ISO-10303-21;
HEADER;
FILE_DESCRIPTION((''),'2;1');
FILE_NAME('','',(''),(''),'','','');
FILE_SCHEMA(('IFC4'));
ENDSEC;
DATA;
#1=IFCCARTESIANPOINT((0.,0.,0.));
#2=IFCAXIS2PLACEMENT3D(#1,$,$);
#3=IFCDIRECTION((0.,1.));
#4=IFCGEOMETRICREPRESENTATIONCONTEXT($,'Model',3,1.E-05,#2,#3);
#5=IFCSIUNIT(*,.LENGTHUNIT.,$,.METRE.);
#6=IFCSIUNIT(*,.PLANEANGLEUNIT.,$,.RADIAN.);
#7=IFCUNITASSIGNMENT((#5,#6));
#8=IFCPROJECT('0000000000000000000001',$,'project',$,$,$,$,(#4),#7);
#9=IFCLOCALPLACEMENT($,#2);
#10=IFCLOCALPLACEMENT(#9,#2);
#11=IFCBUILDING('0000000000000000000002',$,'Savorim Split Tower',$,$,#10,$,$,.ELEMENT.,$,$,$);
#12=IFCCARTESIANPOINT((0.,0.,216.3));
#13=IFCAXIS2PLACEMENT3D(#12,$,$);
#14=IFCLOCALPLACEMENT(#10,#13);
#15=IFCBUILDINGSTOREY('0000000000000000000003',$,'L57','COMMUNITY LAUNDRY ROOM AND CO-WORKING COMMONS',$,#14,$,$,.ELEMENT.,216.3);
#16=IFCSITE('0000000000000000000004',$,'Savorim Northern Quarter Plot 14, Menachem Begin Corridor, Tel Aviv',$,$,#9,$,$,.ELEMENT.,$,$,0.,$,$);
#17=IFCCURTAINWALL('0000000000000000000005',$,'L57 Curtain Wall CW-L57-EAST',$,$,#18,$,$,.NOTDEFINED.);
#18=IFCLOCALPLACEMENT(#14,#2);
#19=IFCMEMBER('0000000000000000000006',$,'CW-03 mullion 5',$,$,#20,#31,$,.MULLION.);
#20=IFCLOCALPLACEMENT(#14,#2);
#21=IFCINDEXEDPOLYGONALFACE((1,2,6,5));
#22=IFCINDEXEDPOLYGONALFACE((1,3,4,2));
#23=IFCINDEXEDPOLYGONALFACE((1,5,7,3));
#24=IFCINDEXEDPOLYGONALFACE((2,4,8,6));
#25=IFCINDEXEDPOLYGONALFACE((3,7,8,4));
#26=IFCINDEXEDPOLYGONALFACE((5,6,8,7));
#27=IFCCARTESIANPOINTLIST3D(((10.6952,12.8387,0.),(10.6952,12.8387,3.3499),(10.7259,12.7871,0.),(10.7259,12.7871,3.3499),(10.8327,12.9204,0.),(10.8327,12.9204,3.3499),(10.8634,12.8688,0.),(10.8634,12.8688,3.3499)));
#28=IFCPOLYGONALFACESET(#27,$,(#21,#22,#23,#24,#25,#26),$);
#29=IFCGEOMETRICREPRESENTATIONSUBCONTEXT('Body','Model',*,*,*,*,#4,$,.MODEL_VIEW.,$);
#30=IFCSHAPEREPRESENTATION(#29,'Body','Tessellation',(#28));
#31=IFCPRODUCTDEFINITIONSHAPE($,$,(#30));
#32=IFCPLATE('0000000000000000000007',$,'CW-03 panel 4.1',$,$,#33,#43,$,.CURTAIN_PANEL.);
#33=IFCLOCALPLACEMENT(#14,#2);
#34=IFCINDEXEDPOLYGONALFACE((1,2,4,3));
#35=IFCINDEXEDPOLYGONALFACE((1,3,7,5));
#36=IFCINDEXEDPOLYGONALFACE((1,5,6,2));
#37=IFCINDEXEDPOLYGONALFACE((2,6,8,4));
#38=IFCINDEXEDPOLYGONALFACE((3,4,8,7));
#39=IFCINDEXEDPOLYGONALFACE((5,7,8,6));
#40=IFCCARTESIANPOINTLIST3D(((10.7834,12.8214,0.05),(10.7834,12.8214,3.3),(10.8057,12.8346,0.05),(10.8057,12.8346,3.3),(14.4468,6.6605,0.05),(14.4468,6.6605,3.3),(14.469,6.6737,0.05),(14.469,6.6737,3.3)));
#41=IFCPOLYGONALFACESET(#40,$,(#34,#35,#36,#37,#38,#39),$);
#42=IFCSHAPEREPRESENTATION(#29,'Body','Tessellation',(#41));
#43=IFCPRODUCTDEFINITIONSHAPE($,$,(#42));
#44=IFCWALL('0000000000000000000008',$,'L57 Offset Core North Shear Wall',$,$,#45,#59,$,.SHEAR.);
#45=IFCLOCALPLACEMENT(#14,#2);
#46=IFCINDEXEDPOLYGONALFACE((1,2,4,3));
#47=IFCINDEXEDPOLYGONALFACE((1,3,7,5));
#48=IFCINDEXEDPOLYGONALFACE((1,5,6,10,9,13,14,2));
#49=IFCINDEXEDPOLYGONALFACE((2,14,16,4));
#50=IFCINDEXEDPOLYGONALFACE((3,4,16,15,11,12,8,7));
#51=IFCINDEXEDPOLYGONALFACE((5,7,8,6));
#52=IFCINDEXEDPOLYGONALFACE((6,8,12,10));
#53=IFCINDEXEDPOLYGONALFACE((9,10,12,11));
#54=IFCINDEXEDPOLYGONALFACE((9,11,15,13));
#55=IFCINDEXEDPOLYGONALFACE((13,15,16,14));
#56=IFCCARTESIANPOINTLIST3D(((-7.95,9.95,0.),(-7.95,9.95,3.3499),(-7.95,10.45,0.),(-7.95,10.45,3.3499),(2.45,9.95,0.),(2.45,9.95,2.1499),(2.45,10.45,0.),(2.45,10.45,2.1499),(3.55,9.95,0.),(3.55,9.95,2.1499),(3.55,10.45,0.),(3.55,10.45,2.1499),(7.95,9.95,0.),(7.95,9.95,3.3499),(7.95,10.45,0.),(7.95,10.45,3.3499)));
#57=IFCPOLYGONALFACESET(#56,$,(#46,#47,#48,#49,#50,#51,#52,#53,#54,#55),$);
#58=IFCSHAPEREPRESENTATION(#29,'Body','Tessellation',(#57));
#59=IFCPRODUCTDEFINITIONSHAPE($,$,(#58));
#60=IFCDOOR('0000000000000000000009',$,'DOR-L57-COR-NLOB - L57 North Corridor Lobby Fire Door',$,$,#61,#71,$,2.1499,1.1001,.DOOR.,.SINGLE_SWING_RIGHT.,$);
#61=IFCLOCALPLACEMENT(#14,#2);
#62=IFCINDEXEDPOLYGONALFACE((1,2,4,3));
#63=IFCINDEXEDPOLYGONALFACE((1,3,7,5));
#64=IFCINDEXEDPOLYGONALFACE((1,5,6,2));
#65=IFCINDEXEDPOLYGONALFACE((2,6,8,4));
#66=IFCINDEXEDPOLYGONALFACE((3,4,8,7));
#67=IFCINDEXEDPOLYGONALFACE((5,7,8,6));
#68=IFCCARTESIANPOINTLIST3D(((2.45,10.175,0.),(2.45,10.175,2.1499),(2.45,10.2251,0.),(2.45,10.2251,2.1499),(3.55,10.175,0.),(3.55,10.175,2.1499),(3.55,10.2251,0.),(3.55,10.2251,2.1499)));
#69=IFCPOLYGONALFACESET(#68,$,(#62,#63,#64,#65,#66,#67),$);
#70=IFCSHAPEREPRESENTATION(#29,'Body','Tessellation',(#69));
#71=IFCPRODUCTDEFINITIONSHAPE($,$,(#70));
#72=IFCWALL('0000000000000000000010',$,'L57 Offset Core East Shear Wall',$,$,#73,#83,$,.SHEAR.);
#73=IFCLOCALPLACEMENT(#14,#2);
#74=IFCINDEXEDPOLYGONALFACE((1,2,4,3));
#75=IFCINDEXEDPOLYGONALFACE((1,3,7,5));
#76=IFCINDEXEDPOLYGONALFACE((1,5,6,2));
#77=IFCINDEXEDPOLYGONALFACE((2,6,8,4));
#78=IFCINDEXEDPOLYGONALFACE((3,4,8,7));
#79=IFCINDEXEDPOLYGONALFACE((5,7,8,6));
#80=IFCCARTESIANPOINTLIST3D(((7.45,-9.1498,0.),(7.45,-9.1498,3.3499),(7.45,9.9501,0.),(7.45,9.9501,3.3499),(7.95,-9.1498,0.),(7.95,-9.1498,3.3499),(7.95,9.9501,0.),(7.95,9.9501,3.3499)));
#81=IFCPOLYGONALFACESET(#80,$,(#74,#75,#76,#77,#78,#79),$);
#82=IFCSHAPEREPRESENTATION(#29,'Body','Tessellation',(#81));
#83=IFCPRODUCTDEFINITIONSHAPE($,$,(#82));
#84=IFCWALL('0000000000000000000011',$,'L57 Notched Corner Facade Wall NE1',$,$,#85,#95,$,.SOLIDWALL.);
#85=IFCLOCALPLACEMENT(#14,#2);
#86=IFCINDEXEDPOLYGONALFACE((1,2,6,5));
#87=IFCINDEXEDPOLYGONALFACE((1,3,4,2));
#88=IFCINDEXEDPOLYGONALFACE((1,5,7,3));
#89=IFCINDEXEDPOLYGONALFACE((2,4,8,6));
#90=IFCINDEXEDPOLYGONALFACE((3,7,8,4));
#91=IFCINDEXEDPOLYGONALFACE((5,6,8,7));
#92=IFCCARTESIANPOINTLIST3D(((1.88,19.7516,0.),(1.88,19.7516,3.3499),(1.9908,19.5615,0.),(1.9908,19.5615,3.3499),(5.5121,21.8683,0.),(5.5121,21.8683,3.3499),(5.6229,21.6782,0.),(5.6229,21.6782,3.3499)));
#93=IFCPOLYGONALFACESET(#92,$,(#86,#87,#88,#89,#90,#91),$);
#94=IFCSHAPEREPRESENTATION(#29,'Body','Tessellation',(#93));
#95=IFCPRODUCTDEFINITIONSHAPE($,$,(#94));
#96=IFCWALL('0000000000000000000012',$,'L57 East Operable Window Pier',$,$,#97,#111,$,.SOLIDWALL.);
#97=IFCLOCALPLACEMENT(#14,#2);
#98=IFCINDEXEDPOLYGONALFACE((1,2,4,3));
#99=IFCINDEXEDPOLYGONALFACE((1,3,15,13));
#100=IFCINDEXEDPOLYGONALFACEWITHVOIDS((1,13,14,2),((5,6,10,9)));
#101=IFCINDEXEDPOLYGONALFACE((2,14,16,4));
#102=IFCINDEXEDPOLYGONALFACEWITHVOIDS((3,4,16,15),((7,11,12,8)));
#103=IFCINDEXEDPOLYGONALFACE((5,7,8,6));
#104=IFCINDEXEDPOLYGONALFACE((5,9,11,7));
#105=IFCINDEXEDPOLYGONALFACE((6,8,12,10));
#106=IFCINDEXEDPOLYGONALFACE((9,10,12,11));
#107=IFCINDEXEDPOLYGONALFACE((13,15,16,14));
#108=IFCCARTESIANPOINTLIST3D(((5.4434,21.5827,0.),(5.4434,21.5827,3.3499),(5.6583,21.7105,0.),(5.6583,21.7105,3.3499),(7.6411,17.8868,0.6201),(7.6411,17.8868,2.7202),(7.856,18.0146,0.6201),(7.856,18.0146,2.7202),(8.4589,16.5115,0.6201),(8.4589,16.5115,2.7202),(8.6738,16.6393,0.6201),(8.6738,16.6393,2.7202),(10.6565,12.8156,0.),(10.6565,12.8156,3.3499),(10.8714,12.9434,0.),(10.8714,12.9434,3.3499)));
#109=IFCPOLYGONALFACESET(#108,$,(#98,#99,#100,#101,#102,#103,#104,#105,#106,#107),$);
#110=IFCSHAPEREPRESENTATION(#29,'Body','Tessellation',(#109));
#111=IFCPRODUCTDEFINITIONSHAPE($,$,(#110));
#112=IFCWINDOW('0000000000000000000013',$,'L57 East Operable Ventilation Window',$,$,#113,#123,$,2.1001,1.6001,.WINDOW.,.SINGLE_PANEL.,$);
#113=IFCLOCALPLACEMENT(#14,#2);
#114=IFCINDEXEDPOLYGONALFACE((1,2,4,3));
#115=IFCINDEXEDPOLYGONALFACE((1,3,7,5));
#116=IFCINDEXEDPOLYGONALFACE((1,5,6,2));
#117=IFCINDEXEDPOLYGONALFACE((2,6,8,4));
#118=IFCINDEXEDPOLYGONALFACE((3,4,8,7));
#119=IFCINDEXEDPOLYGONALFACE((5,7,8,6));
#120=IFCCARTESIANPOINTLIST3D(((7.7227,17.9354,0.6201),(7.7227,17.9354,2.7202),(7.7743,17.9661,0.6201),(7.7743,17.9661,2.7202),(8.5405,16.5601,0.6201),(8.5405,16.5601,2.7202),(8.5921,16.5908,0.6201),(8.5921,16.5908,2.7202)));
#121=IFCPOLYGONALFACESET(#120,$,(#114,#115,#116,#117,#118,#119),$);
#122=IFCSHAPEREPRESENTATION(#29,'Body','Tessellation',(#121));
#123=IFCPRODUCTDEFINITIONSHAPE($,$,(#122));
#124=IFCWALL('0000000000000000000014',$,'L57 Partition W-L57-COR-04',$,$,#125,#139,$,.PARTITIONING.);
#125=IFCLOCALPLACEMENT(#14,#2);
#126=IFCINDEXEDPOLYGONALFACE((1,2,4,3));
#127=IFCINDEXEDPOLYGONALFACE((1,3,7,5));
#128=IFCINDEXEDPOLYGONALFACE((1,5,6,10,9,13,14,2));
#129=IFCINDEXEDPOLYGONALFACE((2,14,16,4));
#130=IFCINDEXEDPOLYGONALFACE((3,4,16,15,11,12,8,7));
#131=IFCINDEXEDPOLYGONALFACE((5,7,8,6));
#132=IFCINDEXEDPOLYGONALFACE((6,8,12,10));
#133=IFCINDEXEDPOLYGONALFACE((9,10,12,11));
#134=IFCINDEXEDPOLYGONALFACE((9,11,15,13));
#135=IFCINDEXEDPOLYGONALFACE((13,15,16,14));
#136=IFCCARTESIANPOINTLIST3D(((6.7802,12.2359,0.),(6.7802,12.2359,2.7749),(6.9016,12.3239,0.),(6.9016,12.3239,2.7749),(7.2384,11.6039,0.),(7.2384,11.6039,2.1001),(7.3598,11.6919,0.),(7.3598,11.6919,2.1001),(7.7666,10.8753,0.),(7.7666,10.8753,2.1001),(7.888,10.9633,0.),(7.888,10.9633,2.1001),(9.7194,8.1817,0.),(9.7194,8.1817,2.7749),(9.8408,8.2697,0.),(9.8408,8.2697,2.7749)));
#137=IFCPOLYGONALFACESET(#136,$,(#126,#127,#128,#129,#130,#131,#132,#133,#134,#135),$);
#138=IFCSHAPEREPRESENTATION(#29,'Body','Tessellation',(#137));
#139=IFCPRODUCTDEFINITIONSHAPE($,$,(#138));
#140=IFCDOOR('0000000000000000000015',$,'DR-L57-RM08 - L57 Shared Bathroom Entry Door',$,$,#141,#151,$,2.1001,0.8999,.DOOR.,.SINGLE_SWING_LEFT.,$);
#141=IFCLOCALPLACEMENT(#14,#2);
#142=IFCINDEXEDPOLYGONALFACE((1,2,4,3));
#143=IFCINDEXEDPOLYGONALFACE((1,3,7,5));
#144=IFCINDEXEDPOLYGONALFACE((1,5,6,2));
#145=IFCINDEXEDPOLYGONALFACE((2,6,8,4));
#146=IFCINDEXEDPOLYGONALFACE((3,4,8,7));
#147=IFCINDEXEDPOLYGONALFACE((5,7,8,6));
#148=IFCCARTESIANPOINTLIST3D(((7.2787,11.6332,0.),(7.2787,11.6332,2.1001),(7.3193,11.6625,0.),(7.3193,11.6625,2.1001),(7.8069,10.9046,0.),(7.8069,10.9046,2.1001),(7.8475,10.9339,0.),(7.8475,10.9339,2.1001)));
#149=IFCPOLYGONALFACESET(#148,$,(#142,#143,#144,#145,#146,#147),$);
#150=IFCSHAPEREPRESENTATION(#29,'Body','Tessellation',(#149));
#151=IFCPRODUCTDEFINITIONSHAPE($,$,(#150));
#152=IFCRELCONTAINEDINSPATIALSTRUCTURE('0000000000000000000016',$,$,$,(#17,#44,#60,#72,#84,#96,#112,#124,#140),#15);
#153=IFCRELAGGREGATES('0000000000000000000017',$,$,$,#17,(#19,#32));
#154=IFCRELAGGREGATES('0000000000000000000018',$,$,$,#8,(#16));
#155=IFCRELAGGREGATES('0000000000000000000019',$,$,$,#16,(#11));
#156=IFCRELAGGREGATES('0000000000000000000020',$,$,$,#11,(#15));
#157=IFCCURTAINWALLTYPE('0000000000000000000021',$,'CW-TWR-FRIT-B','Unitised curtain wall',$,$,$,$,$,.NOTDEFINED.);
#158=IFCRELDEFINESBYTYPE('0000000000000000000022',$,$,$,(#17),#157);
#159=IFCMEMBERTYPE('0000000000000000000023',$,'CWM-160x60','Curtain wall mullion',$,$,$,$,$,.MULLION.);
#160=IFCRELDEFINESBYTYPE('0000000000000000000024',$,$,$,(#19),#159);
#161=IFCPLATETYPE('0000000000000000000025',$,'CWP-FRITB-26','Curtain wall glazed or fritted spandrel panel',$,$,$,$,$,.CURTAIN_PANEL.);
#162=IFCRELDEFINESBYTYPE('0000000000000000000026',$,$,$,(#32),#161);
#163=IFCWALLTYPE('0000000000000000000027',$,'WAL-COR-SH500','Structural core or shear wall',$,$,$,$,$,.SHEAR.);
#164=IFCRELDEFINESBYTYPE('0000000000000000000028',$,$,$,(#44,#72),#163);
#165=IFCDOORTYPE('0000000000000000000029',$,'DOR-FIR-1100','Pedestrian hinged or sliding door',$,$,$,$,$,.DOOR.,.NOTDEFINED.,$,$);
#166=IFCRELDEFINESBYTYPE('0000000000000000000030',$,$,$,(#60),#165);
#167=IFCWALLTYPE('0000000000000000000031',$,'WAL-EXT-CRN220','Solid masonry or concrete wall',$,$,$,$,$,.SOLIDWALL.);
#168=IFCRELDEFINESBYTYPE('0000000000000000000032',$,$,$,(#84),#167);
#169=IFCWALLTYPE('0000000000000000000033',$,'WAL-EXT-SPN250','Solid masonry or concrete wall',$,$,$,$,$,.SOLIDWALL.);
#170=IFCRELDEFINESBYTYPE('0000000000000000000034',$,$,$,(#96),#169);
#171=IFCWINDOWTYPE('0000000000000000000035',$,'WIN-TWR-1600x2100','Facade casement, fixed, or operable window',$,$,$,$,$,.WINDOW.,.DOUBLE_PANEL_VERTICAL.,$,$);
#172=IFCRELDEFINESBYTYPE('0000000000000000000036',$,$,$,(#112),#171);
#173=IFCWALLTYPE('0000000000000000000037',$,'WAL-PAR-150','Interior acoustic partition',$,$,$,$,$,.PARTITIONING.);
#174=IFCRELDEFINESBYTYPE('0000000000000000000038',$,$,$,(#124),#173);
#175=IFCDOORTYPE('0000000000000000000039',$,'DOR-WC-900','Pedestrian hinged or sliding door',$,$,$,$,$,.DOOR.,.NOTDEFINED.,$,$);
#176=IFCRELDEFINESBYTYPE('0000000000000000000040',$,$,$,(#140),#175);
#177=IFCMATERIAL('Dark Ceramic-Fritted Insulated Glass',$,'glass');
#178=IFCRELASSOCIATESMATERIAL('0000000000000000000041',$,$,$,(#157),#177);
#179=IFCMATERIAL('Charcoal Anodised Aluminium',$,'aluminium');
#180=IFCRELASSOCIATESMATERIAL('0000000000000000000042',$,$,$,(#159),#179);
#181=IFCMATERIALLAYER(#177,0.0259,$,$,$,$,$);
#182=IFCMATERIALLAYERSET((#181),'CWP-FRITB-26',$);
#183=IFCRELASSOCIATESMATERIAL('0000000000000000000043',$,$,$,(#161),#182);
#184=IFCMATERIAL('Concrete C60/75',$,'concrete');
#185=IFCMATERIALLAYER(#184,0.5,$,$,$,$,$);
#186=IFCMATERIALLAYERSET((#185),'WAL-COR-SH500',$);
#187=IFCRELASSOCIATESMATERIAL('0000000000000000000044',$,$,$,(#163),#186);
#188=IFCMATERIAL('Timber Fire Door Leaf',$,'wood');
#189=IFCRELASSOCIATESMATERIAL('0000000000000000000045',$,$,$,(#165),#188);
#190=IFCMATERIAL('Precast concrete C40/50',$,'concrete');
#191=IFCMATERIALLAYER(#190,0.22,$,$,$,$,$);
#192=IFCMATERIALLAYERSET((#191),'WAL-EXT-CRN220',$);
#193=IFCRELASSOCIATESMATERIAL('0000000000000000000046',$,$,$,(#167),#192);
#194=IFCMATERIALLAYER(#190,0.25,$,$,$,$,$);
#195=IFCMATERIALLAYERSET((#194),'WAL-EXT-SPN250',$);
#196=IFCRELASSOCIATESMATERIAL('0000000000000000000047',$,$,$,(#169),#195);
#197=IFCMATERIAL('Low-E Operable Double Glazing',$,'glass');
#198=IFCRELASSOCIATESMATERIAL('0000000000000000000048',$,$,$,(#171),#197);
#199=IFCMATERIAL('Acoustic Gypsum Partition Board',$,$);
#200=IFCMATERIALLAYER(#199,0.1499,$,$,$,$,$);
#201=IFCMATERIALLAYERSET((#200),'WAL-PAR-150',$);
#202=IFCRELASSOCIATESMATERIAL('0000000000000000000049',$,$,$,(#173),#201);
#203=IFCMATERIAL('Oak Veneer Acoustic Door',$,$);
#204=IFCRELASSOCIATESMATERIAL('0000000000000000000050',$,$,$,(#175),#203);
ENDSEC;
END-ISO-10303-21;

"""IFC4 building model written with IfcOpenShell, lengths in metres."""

from ifc_helpers import new_model, si_unit, direction, frame, frame_2d, origin, origin_2d, place, context, subcontext, project, spatial, rectangle, extrude, material, layer, layer_set, material_profile, profile_set, type_object, element, fill, aggregate, save


model = new_model("IFC4")

# Units and contexts
model_context = context("Model", 3, precision=1e-05, world=origin(), true_north=direction((0.0, 1.0)))
body_context = subcontext(model_context, "Body", "Model", "MODEL_VIEW")
ifc_project = project(units=[si_unit("LENGTHUNIT", "METRE"), si_unit("PLANEANGLEUNIT", "RADIAN")], contexts=[model_context])

# Site, building, storey
site_placement = place(None, origin())
site = spatial("IfcSite", under=ifc_project, at=site_placement, Name="Savorim Northern Quarter Plot 14, Menachem Begin Corridor, Tel Aviv", CompositionType="ELEMENT", RefElevation=0.0)
building_placement = place(site_placement, origin())
building = spatial("IfcBuilding", under=site, at=building_placement, Name="Savorim Split Tower", CompositionType="ELEMENT")
storey_placement = place(building_placement, frame((0.0, 0.0, 216.3)))
storey = spatial("IfcBuildingStorey", under=building, at=storey_placement, Name="L57", Description="COMMUNITY LAUNDRY ROOM AND CO-WORKING COMMONS", CompositionType="ELEMENT", Elevation=216.3)

# Curtain wall, member, plate
ifc_material_1 = material(Name="Dark Ceramic-Fritted Insulated Glass", Category="glass")
curtain_wall_type = type_object("IfcCurtainWallType", Name="CW-TWR-FRIT-B", Description="Unitised curtain wall", PredefinedType="NOTDEFINED", material=ifc_material_1)
curtain_wall_placement = place(storey_placement, origin())
curtain_wall = element("IfcCurtainWall", 1, at=curtain_wall_placement, inside=storey, type_object=curtain_wall_type, Name="L57 Curtain Wall CW-L57-EAST", PredefinedType="NOTDEFINED")
ifc_material_2 = material(Name="Charcoal Anodised Aluminium", Category="aluminium")
ifc_material_profile_1 = material_profile(ifc_material_2, rectangle(XDim=0.1599, YDim=0.0601, at=origin_2d()), Name="ALU-M 160x60")
ifc_profile_set_1 = profile_set([ifc_material_profile_1], Name="Charcoal Anodised Aluminium")
member_type = type_object("IfcMemberType", Name="CWM-160x60", Description="Curtain wall mullion", PredefinedType="MULLION", material=ifc_profile_set_1)
member_placement = place(storey_placement, frame((10.7793, 12.8538, 0.0), z_axis=(0.0, 0.0, 1.0), x_axis=(-0.859526, -0.511092, 0.0)))
member = element("IfcMember", 2, at=member_placement, type_object=member_type, Name="CW-03 mullion 5", PredefinedType="MULLION", context=body_context, shape_type="SweptSolid", body=[
    extrude(rectangle(XDim=0.1599, YDim=0.0601, at=origin_2d()), origin(), (0.0, 0.0, 1.0), 3.3499),
])
ifc_layer_1 = layer(ifc_material_1, 0.0259)
ifc_layer_set_1 = layer_set([ifc_layer_1], Name="CWP-FRITB-26")
plate_type = type_object("IfcPlateType", Name="CWP-FRITB-26", Description="Curtain wall glazed or fritted spandrel panel", PredefinedType="CURTAIN_PANEL", material=ifc_layer_set_1)
plate_placement = place(storey_placement, frame((12.6262, 9.7476, 0.05), z_axis=(0.0, 0.0, 1.0), x_axis=(-0.511092, 0.859526, 0.0)))
plate = element("IfcPlate", 3, at=plate_placement, type_object=plate_type, Name="CW-03 panel 4.1", PredefinedType="CURTAIN_PANEL", context=body_context, shape_type="SweptSolid", body=[
    extrude(rectangle(XDim=7.1677, YDim=0.0259, at=origin_2d()), origin(), (0.0, 0.0, 1.0), 3.25),
])
aggregate(curtain_wall, [member, plate])

# Wall, opening, door
ifc_material_3 = material(Name="Concrete C60/75", Category="concrete")
ifc_layer_2 = layer(ifc_material_3, 0.5)
ifc_layer_set_2 = layer_set([ifc_layer_2], Name="WAL-COR-SH500")
wall_type_1 = type_object("IfcWallType", Name="WAL-COR-SH500", Description="Structural core or shear wall", PredefinedType="SHEAR", material=ifc_layer_set_2)
wall_1_placement = place(storey_placement, frame((7.95, 10.2, 0.0), z_axis=(0.0, 0.0, 1.0), x_axis=(-1.0, 0.0, 0.0)))
wall_1 = element("IfcWall", 4, at=wall_1_placement, inside=storey, type_object=wall_type_1, Name="L57 Offset Core North Shear Wall", PredefinedType="SHEAR", context=body_context, shape_type="SweptSolid", body=[
    extrude(rectangle(XDim=15.8999, YDim=0.5, at=frame_2d((7.95, 0.0))), origin(), (0.0, 0.0, 1.0), 3.3499),
])
opening_1_placement = place(wall_1_placement, frame((4.3999, 0.0, 0.0)))
opening_1 = element("IfcOpeningElement", 5, at=opening_1_placement, cuts=wall_1, PredefinedType="OPENING", context=body_context, shape_type="SweptSolid", body=[
    extrude(rectangle(XDim=1.1001, YDim=2.1499, at=frame_2d((0.55, 1.075))), frame((0.0, 0.26, 0.0), z_axis=(0.0, -1.0, 0.0), x_axis=(1.0, 0.0, 0.0)), (0.0, 0.0, 1.0), 0.52),
])
ifc_material_4 = material(Name="Timber Fire Door Leaf", Category="wood")
door_type_1 = type_object("IfcDoorType", Name="DOR-FIR-1100", Description="Pedestrian hinged or sliding door", OperationType="NOTDEFINED", PredefinedType="DOOR", material=ifc_material_4)
door_1_placement = place(opening_1_placement, origin())
door_1 = element("IfcDoor", 6, at=door_1_placement, inside=storey, type_object=door_type_1, Name="DOR-L57-COR-NLOB - L57 North Corridor Lobby Fire Door", OperationType="SINGLE_SWING_RIGHT", OverallHeight=2.1499, OverallWidth=1.1001, PredefinedType="DOOR", context=body_context, shape_type="SweptSolid", body=[
    extrude(rectangle(XDim=1.1001, YDim=2.1499, at=frame_2d((0.55, 1.075))), frame((0.0, 0.0249, 0.0), z_axis=(0.0, -1.0, 0.0), x_axis=(1.0, 0.0, 0.0)), (0.0, 0.0, 1.0), 0.05),
])
fill(opening_1, door_1)

# Walls
wall_2_placement = place(storey_placement, frame((7.7, 9.95, 0.0), z_axis=(0.0, 0.0, 1.0), x_axis=(0.0, -1.0, 0.0)))
element("IfcWall", 7, at=wall_2_placement, inside=storey, type_object=wall_type_1, Name="L57 Offset Core East Shear Wall", PredefinedType="SHEAR", context=body_context, shape_type="SweptSolid", body=[
    extrude(rectangle(XDim=19.0999, YDim=0.5, at=frame_2d((9.5498, 0.0))), origin(), (0.0, 0.0, 1.0), 3.3499),
])
ifc_material_5 = material(Name="Precast concrete C40/50", Category="concrete")
ifc_layer_3 = layer(ifc_material_5, 0.22)
ifc_layer_set_3 = layer_set([ifc_layer_3], Name="WAL-EXT-CRN220")
wall_type_2 = type_object("IfcWallType", Name="WAL-EXT-CRN220", Description="Solid masonry or concrete wall", PredefinedType="SOLIDWALL", material=ifc_layer_set_3)
wall_3_placement = place(storey_placement, frame((1.9353, 19.6565, 0.0), z_axis=(0.0, 0.0, 1.0), x_axis=(0.863987, 0.503514, 0.0)))
element("IfcWall", 8, at=wall_3_placement, inside=storey, type_object=wall_type_2, Name="L57 Notched Corner Facade Wall NE1", PredefinedType="SOLIDWALL", context=body_context, shape_type="SweptSolid", body=[
    extrude(rectangle(XDim=4.2039, YDim=0.22, at=frame_2d((2.1021, 0.0))), origin(), (0.0, 0.0, 1.0), 3.3499),
])

# Wall, opening, window
ifc_layer_4 = layer(ifc_material_5, 0.25)
ifc_layer_set_4 = layer_set([ifc_layer_4], Name="WAL-EXT-SPN250")
wall_type_3 = type_object("IfcWallType", Name="WAL-EXT-SPN250", Description="Solid masonry or concrete wall", PredefinedType="SOLIDWALL", material=ifc_layer_set_4)
wall_4_placement = place(storey_placement, frame((5.5508, 21.6467, 0.0), z_axis=(0.0, 0.0, 1.0), x_axis=(0.511095, -0.859524, 0.0)))
wall_4 = element("IfcWall", 9, at=wall_4_placement, inside=storey, type_object=wall_type_3, Name="L57 East Operable Window Pier", PredefinedType="SOLIDWALL", context=body_context, shape_type="SweptSolid", body=[
    extrude(rectangle(XDim=10.2, YDim=0.25, at=frame_2d((5.1001, 0.0))), origin(), (0.0, 0.0, 1.0), 3.3499),
])
opening_2_placement = place(wall_4_placement, frame((4.3, 0.0, 0.6201)))
opening_2 = element("IfcOpeningElement", 10, at=opening_2_placement, cuts=wall_4, PredefinedType="OPENING", context=body_context, shape_type="SweptSolid", body=[
    extrude(rectangle(XDim=1.6001, YDim=2.1001, at=frame_2d((0.8, 1.05))), frame((0.0, 0.135, 0.0), z_axis=(0.0, -1.0, 0.0), x_axis=(1.0, 0.0, 0.0)), (0.0, 0.0, 1.0), 0.27),
])
ifc_material_6 = material(Name="Low-E Operable Double Glazing", Category="glass")
window_type = type_object("IfcWindowType", Name="WIN-TWR-1600x2100", Description="Facade casement, fixed, or operable window", PartitioningType="DOUBLE_PANEL_VERTICAL", PredefinedType="WINDOW", material=ifc_material_6)
window_placement = place(opening_2_placement, origin())
window = element("IfcWindow", 11, at=window_placement, inside=storey, type_object=window_type, Name="L57 East Operable Ventilation Window", OverallHeight=2.1001, OverallWidth=1.6001, PartitioningType="SINGLE_PANEL", PredefinedType="WINDOW", context=body_context, shape_type="SweptSolid", body=[
    extrude(rectangle(XDim=1.6001, YDim=2.1001, at=frame_2d((0.8, 1.05))), frame((0.0, 0.03, 0.0), z_axis=(0.0, -1.0, 0.0), x_axis=(1.0, 0.0, 0.0)), (0.0, 0.0, 1.0), 0.0601),
])
fill(opening_2, window)

# Wall, opening, door
ifc_material_7 = material(Name="Acoustic Gypsum Partition Board")
ifc_layer_5 = layer(ifc_material_7, 0.1499)
ifc_layer_set_5 = layer_set([ifc_layer_5], Name="WAL-PAR-150")
wall_type_4 = type_object("IfcWallType", Name="WAL-PAR-150", Description="Interior acoustic partition", PredefinedType="PARTITIONING", material=ifc_layer_set_5)
wall_5_placement = place(storey_placement, frame((6.8408, 12.28, 0.0), z_axis=(0.0, 0.0, 1.0), x_axis=(0.586956, -0.809619, 0.0)))
wall_5 = element("IfcWall", 12, at=wall_5_placement, inside=storey, type_object=wall_type_4, Name="L57 Partition W-L57-COR-04", PredefinedType="PARTITIONING", context=body_context, shape_type="SweptSolid", body=[
    extrude(rectangle(XDim=5.0076, YDim=0.1499, at=frame_2d((2.5039, 0.0))), origin(), (0.0, 0.0, 1.0), 2.7749),
])
opening_3_placement = place(wall_5_placement, frame((0.7808, 0.0, 0.0)))
opening_3 = element("IfcOpeningElement", 13, at=opening_3_placement, cuts=wall_5, PredefinedType="OPENING", context=body_context, shape_type="SweptSolid", body=[
    extrude(rectangle(XDim=0.8999, YDim=2.1001, at=frame_2d((0.45, 1.05))), frame((0.0, 0.085, 0.0), z_axis=(0.0, -1.0, 0.0), x_axis=(1.0, 0.0, 0.0)), (0.0, 0.0, 1.0), 0.1699),
])
ifc_material_8 = material(Name="Oak Veneer Acoustic Door")
door_type_2 = type_object("IfcDoorType", Name="DOR-WC-900", Description="Pedestrian hinged or sliding door", OperationType="NOTDEFINED", PredefinedType="DOOR", material=ifc_material_8)
door_2_placement = place(opening_3_placement, origin())
door_2 = element("IfcDoor", 14, at=door_2_placement, inside=storey, type_object=door_type_2, Name="DR-L57-RM08 - L57 Shared Bathroom Entry Door", OperationType="SINGLE_SWING_LEFT", OverallHeight=2.1001, OverallWidth=0.8999, PredefinedType="DOOR", context=body_context, shape_type="SweptSolid", body=[
    extrude(rectangle(XDim=0.8999, YDim=2.1001, at=frame_2d((0.45, 1.05))), frame((0.0, 0.0249, 0.0), z_axis=(0.0, -1.0, 0.0), x_axis=(1.0, 0.0, 0.0)), (0.0, 0.0, 1.0), 0.05),
])
fill(opening_3, door_2)

save(model, "model.ifc")
